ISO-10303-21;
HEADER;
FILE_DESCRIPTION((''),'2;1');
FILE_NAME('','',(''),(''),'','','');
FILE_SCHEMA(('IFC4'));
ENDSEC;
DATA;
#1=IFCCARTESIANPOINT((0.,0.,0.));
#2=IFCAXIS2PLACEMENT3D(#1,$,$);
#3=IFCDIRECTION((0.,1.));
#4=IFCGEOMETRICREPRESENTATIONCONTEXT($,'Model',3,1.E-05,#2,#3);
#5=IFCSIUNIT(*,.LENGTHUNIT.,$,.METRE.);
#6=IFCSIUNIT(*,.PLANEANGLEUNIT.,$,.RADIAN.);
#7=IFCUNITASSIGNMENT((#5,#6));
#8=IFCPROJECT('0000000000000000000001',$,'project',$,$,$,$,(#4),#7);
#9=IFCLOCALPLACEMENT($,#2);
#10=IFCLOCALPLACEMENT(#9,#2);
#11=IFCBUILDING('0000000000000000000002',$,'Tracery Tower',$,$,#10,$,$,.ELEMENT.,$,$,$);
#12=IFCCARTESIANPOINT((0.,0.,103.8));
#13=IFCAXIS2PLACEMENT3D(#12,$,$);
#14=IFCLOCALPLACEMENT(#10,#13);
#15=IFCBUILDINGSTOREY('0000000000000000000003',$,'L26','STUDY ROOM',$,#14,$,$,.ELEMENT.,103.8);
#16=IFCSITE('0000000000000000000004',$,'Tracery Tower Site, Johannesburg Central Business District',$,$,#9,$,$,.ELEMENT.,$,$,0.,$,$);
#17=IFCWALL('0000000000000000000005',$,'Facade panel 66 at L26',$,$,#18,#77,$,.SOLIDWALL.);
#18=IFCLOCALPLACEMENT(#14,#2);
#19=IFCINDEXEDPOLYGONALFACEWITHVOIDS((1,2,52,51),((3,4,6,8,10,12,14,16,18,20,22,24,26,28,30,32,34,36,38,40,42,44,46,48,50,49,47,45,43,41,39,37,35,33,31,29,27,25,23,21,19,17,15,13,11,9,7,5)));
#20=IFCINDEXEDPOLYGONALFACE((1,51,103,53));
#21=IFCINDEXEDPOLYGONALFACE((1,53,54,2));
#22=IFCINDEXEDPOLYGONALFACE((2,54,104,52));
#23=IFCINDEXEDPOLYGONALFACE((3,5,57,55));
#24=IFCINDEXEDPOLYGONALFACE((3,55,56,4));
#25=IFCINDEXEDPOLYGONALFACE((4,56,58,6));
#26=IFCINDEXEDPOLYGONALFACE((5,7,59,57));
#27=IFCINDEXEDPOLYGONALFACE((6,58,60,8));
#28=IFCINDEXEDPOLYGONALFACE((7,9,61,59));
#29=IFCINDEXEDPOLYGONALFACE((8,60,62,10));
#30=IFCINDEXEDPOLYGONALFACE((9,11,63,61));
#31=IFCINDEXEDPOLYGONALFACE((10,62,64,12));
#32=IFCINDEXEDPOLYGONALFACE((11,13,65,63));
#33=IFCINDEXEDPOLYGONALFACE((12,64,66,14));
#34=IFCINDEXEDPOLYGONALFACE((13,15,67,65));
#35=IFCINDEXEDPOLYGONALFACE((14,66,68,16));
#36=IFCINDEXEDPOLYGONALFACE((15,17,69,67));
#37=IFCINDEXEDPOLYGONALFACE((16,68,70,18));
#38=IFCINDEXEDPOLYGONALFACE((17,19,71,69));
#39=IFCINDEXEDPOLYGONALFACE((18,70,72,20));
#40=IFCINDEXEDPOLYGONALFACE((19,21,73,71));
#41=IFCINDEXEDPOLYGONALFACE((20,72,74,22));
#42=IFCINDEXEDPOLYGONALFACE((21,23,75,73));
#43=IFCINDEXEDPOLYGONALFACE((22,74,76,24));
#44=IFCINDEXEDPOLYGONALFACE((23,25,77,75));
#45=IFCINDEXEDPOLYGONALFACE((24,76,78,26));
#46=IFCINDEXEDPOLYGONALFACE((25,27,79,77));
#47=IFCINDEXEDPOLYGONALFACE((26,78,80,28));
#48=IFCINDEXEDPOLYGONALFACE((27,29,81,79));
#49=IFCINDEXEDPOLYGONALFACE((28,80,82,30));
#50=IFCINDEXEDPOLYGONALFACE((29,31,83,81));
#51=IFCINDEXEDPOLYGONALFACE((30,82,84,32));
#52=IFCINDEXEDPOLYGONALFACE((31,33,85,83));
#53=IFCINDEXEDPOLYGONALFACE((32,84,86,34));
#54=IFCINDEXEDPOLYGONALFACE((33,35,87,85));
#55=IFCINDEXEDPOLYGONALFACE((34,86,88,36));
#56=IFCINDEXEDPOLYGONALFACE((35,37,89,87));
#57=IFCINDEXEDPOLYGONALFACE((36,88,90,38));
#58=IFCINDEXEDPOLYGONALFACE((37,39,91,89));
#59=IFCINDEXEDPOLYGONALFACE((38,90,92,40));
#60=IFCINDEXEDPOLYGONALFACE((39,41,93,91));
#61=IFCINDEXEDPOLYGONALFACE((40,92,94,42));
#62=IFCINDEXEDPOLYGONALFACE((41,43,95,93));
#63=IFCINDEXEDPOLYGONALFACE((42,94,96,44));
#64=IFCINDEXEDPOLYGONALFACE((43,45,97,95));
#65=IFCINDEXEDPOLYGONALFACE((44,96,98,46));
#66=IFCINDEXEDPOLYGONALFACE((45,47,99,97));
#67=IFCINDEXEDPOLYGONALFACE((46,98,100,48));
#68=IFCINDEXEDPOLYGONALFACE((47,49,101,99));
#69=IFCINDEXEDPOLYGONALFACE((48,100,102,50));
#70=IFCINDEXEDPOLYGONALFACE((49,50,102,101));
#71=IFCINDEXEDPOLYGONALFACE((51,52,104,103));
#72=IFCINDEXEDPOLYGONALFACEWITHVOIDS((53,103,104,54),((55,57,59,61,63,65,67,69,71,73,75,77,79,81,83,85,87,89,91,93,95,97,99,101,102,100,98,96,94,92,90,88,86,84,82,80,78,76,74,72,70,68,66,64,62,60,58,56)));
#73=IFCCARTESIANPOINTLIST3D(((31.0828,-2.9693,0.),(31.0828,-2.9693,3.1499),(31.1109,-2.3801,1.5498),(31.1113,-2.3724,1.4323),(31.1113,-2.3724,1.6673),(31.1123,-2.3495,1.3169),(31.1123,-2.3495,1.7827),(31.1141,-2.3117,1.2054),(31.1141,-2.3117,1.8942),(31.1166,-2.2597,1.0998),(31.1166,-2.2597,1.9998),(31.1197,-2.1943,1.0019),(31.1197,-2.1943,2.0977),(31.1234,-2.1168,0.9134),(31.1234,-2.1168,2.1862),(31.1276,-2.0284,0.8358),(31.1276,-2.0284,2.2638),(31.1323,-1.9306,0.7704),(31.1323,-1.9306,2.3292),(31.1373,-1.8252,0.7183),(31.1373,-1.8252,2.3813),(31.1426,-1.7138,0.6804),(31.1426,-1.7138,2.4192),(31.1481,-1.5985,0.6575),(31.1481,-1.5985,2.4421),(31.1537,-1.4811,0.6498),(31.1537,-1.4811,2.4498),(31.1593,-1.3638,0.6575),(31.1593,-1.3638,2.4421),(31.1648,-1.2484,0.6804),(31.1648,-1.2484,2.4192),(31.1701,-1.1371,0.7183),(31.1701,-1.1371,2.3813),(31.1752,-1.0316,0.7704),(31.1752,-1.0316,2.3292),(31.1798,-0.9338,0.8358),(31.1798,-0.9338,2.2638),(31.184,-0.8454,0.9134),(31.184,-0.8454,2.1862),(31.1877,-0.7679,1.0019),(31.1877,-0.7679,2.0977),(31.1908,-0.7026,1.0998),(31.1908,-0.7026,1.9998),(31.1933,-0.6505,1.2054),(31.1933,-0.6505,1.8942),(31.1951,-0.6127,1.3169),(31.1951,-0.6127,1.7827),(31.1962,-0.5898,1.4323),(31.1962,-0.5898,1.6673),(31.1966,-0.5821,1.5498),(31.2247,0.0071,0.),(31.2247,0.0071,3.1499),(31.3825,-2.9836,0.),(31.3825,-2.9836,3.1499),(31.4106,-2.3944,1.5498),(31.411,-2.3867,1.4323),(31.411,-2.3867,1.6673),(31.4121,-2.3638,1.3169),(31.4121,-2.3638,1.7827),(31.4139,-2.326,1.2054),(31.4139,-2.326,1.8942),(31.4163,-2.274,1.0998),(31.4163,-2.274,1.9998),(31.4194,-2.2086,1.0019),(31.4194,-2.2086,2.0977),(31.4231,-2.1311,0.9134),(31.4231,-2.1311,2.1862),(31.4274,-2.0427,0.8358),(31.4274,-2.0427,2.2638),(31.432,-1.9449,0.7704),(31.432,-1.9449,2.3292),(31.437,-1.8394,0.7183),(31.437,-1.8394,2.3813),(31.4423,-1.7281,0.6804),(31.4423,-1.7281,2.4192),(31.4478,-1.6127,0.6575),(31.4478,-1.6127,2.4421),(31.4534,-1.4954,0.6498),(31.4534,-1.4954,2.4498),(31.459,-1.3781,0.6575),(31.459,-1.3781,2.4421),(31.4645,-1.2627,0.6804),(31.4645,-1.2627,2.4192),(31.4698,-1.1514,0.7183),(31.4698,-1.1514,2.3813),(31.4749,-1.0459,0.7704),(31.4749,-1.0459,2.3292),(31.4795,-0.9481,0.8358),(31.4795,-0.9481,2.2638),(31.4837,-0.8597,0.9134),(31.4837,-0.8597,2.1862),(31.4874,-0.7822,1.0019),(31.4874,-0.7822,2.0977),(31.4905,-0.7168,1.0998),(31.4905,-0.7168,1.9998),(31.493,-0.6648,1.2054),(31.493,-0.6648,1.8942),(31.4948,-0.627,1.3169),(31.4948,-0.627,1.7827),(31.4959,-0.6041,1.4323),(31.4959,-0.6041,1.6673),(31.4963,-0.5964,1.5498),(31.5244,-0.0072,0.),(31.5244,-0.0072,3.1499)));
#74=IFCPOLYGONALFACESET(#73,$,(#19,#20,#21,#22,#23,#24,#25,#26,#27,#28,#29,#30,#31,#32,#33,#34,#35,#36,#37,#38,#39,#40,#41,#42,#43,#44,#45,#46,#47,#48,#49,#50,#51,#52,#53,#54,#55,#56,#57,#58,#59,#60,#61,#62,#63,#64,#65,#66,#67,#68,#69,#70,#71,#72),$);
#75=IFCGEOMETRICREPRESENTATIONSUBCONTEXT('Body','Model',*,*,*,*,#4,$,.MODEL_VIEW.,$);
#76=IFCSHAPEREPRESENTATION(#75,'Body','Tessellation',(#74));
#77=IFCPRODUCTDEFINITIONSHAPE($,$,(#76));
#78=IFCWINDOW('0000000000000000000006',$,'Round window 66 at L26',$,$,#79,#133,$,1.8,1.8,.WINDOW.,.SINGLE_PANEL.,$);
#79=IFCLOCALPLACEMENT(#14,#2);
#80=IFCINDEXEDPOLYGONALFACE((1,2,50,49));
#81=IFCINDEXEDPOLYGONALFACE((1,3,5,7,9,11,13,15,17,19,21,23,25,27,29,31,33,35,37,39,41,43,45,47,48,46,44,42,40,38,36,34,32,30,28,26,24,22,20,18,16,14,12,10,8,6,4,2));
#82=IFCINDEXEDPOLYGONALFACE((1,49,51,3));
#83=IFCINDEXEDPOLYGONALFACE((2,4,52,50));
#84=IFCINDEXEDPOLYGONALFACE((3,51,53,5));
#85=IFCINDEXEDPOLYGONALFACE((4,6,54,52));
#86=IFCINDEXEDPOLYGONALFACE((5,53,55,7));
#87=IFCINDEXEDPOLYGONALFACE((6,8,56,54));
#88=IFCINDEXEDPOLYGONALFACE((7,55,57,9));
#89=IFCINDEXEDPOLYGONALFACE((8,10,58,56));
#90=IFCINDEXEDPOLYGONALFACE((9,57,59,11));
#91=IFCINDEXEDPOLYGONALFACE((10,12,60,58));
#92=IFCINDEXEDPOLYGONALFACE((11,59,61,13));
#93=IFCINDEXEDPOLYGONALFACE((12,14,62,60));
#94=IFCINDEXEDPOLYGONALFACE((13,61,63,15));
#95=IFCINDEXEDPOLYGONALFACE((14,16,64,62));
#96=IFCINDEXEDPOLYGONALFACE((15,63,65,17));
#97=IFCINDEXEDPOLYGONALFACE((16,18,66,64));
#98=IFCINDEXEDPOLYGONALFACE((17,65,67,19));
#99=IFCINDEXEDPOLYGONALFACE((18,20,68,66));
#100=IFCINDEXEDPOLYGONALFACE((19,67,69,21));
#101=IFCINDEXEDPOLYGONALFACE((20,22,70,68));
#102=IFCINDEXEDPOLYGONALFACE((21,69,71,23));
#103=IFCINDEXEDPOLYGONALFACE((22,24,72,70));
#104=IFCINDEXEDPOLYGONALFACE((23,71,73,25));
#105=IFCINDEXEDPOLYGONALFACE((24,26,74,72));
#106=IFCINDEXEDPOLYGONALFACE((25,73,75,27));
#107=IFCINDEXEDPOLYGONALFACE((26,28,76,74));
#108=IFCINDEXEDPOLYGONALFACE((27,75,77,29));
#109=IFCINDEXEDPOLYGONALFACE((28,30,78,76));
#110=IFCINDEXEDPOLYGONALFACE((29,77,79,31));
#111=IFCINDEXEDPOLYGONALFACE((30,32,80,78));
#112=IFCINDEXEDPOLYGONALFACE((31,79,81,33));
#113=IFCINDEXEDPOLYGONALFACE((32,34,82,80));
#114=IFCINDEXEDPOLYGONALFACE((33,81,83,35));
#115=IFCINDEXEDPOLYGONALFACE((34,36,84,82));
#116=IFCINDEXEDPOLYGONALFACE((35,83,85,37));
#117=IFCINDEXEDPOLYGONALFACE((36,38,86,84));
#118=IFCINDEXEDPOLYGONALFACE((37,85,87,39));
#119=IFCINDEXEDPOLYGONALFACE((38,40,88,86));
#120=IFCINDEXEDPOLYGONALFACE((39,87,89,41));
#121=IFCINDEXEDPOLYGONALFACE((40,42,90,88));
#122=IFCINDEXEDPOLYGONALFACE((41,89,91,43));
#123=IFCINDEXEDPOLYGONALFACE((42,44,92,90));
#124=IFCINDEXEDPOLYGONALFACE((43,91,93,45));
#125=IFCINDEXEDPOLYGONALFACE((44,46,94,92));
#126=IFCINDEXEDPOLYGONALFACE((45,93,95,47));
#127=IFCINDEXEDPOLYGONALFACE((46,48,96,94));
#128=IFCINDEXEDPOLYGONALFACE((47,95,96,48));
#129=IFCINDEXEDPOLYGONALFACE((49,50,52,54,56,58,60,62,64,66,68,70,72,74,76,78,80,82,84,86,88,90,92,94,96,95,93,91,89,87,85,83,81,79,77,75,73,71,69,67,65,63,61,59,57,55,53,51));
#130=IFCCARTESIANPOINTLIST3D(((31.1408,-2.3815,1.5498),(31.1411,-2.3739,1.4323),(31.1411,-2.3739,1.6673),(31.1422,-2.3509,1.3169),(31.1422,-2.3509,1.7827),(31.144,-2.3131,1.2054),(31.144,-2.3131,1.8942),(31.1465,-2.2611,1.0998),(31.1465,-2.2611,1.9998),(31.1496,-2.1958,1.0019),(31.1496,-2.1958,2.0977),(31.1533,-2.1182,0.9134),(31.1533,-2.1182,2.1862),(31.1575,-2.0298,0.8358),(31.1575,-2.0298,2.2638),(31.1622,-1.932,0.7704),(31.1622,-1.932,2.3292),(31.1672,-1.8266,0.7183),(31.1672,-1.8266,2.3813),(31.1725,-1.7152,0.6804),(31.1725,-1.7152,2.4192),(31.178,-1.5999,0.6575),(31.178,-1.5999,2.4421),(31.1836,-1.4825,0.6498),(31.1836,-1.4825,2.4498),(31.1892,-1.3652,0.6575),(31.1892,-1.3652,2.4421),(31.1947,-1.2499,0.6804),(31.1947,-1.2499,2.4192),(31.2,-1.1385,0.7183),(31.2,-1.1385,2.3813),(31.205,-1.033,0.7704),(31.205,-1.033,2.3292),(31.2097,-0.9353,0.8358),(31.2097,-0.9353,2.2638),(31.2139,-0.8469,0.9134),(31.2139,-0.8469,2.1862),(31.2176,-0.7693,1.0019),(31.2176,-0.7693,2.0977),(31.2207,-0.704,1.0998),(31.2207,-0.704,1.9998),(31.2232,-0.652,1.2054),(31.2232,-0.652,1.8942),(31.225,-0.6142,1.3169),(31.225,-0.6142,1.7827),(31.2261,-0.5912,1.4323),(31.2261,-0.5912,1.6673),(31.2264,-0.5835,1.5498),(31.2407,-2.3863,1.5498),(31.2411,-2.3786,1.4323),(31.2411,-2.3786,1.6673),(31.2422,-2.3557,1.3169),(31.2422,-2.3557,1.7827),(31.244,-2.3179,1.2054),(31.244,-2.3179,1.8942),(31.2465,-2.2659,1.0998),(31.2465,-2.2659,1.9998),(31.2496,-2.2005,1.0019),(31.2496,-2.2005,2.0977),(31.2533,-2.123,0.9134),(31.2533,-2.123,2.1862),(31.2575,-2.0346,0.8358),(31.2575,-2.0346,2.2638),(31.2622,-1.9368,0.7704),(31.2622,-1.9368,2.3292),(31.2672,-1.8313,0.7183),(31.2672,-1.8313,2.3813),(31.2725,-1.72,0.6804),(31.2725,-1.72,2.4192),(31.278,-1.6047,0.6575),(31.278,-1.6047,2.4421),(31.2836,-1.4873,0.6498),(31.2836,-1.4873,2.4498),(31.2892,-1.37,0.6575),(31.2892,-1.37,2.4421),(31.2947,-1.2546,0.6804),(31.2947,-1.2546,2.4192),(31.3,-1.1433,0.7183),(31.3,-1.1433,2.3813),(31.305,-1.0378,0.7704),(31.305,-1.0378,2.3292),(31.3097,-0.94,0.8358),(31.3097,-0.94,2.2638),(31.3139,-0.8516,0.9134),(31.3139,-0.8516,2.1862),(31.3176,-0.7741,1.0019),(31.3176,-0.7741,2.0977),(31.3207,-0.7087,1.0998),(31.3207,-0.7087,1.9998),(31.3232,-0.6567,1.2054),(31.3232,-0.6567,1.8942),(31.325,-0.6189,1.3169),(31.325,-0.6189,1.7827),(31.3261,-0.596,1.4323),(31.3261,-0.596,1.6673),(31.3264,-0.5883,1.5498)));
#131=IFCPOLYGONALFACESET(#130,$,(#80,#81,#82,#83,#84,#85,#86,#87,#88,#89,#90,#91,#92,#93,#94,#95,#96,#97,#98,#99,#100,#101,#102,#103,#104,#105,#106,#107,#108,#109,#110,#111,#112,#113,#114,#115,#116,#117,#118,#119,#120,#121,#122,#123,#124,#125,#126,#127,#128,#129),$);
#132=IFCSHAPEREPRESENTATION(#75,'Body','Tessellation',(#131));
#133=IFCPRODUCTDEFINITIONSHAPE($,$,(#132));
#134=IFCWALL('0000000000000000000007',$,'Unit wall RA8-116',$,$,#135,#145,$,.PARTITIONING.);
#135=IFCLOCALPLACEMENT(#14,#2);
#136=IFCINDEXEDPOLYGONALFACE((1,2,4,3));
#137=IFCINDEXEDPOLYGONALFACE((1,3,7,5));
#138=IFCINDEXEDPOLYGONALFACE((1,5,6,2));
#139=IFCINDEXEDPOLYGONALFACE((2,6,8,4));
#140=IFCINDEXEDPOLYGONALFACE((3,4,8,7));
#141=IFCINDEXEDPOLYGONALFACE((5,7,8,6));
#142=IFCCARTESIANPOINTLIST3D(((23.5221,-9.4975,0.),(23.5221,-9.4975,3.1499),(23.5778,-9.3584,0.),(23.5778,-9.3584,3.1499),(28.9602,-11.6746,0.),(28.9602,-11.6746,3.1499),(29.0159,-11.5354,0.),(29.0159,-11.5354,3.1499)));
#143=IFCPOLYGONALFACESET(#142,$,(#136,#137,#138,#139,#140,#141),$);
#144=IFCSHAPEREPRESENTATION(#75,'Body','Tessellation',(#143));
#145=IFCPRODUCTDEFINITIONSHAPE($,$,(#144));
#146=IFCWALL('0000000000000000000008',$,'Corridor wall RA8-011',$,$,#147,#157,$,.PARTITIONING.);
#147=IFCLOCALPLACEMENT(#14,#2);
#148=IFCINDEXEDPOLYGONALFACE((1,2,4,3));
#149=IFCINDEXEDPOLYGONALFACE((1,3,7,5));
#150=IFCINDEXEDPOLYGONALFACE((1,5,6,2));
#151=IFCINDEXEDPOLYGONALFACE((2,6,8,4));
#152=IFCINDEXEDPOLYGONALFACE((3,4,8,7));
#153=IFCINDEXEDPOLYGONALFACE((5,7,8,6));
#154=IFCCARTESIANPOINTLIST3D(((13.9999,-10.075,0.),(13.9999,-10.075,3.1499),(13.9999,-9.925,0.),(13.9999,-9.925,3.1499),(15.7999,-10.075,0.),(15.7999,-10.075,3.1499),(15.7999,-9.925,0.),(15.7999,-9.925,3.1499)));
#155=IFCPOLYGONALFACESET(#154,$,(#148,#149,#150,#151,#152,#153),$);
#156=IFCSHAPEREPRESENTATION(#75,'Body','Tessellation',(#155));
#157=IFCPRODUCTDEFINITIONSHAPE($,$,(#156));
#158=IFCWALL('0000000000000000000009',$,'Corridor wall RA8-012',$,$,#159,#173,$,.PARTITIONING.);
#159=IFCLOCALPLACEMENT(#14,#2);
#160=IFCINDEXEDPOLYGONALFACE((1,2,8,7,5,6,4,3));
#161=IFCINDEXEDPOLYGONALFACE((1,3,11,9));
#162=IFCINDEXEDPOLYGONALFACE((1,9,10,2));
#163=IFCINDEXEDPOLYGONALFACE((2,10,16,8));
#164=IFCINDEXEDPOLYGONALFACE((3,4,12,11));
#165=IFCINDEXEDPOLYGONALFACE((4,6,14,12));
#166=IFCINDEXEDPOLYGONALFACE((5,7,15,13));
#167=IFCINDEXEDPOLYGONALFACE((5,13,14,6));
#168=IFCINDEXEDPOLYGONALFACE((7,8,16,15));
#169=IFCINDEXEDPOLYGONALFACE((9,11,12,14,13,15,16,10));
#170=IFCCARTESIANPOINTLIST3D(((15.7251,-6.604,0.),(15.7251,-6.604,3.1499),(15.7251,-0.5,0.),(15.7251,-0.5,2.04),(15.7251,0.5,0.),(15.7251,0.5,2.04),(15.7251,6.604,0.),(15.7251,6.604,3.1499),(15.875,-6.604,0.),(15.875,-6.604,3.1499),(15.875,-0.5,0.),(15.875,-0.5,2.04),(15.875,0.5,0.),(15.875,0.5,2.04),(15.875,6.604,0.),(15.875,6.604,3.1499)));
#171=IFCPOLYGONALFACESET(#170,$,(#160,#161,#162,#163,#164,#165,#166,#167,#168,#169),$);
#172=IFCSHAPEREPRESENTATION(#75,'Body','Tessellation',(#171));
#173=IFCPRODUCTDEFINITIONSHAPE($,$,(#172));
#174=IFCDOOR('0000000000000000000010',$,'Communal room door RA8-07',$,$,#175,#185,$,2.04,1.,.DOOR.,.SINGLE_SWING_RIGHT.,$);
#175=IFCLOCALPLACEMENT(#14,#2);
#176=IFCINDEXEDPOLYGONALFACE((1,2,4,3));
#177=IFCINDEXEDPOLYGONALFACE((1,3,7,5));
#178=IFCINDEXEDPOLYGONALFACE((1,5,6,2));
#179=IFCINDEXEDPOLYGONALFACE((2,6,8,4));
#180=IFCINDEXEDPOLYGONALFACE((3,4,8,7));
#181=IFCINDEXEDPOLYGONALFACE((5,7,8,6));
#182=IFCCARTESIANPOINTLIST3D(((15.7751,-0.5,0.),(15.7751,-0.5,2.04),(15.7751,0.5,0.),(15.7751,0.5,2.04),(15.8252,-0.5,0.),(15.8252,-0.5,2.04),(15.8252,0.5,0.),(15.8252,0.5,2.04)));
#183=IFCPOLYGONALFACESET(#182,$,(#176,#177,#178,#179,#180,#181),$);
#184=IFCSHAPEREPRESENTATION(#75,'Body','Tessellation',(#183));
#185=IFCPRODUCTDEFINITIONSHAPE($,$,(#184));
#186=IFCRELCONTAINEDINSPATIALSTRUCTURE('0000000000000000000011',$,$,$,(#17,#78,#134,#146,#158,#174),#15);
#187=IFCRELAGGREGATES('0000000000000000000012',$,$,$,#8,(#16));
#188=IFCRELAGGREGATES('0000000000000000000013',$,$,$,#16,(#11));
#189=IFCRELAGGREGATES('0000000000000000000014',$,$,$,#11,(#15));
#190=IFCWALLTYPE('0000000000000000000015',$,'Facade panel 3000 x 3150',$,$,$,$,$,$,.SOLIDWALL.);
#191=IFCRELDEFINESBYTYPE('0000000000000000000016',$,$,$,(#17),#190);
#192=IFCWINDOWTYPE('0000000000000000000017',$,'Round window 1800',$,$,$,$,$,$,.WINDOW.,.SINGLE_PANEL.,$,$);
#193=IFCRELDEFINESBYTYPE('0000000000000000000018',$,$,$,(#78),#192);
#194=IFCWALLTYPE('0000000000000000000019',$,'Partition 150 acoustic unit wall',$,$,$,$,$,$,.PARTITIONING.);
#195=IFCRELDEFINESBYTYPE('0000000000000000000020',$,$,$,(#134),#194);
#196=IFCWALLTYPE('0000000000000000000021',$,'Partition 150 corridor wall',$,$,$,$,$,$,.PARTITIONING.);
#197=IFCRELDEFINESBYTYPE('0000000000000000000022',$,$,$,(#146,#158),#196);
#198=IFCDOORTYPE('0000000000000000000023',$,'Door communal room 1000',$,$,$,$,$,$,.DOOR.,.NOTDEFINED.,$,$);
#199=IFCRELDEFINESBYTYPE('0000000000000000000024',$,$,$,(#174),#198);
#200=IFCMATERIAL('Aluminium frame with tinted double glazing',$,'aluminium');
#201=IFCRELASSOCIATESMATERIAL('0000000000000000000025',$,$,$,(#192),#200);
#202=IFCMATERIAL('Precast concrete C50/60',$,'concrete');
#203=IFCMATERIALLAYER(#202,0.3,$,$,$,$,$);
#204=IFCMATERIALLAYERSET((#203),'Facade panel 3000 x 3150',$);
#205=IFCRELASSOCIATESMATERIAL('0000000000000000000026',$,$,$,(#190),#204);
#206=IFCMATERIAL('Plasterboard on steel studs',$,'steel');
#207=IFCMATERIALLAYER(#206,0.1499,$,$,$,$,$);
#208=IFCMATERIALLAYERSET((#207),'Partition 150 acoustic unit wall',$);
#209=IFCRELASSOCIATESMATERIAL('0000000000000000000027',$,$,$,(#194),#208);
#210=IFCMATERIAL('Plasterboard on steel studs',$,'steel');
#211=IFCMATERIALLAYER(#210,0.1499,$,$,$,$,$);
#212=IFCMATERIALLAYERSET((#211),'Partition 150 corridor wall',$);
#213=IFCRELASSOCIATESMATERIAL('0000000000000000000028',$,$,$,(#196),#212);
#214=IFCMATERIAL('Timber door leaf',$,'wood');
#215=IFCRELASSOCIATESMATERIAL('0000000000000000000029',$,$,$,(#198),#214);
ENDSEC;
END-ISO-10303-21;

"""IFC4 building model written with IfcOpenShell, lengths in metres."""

from ifc_helpers import new_model, si_unit, direction, frame, frame_2d, origin, origin_2d, place, context, subcontext, project, spatial, rectangle, circle, extrude, material, layer, layer_set, type_object, element, fill, save


model = new_model("IFC4")

# Units and contexts
model_context = context("Model", 3, precision=1e-05, world=origin(), true_north=direction((0.0, 1.0)))
body_context = subcontext(model_context, "Body", "Model", "MODEL_VIEW")
ifc_project = project(units=[si_unit("LENGTHUNIT", "METRE"), si_unit("PLANEANGLEUNIT", "RADIAN")], contexts=[model_context])

# Site, building, storey
site_placement = place(None, origin())
site = spatial("IfcSite", under=ifc_project, at=site_placement, Name="Tracery Tower Site, Johannesburg Central Business District", CompositionType="ELEMENT", RefElevation=0.0)
building_placement = place(site_placement, origin())
building = spatial("IfcBuilding", under=site, at=building_placement, Name="Tracery Tower", CompositionType="ELEMENT")
storey_placement = place(building_placement, frame((0.0, 0.0, 103.8)))
storey = spatial("IfcBuildingStorey", under=building, at=storey_placement, Name="L26", Description="STUDY ROOM", CompositionType="ELEMENT", Elevation=103.8)

# Wall, opening, window
ifc_material_1 = material(Name="Aluminium frame with tinted double glazing", Category="aluminium")
window_type = type_object("IfcWindowType", Name="Round window 1800", PartitioningType="SINGLE_PANEL", PredefinedType="WINDOW", material=ifc_material_1)
ifc_material_2 = material(Name="Precast concrete C50/60", Category="concrete")
ifc_layer_1 = layer(ifc_material_2, 0.3)
ifc_layer_set_1 = layer_set([ifc_layer_1], Name="Facade panel 3000 x 3150")
wall_type_1 = type_object("IfcWallType", Name="Facade panel 3000 x 3150", PredefinedType="SOLIDWALL", material=ifc_layer_set_1)
wall_1_placement = place(storey_placement, frame((31.2327, -2.9763, 0.0), z_axis=(0.0, 0.0, 1.0), x_axis=(0.047604, 0.998866, 0.0)))
wall_1 = element("IfcWall", 1, at=wall_1_placement, inside=storey, type_object=wall_type_1, Name="Facade panel 66 at L26", PredefinedType="SOLIDWALL", context=body_context, shape_type="SweptSolid", body=[
    extrude(rectangle(XDim=2.9797, YDim=0.3, at=frame_2d((1.4897, 0.0))), origin(), (0.0, 0.0, 1.0), 3.1499),
])
opening_1_placement = place(wall_1_placement, frame((1.4897, 0.0, 1.5498)))
opening_1 = element("IfcOpeningElement", 2, at=opening_1_placement, cuts=wall_1, PredefinedType="OPENING", context=body_context, shape_type="SweptSolid", body=[
    extrude(circle(Radius=0.9, at=origin_2d()), frame((0.0, 0.1599, 0.0), z_axis=(0.0, -1.0, 0.0), x_axis=(1.0, 0.0, 0.0)), (0.0, 0.0, 1.0), 0.3201),
])
window_1_placement = place(opening_1_placement, origin())
window_1 = element("IfcWindow", 3, at=window_1_placement, inside=storey, type_object=window_type, Name="Round window 66 at L26", OverallHeight=1.8, OverallWidth=1.8, PartitioningType="SINGLE_PANEL", PredefinedType="WINDOW", context=body_context, shape_type="SweptSolid", body=[
    extrude(circle(Radius=0.9, at=origin_2d()), frame((0.0, 0.1201, 0.0), z_axis=(0.0, -1.0, 0.0), x_axis=(1.0, 0.0, 0.0)), (0.0, 0.0, 1.0), 0.1001),
])
fill(opening_1, window_1)

# Walls
ifc_material_3 = material(Name="Plasterboard on steel studs", Category="steel")
ifc_layer_2 = layer(ifc_material_3, 0.1499)
ifc_layer_set_2 = layer_set([ifc_layer_2], Name="Partition 150 acoustic unit wall")
wall_type_2 = type_object("IfcWallType", Name="Partition 150 acoustic unit wall", PredefinedType="PARTITIONING", material=ifc_layer_set_2)
wall_2_placement = place(storey_placement, frame((23.55, -9.428, 0.0), z_axis=(0.0, 0.0, 1.0), x_axis=(0.92837, -0.371657, 0.0)))
element("IfcWall", 4, at=wall_2_placement, inside=storey, type_object=wall_type_2, Name="Unit wall RA8-116", PredefinedType="PARTITIONING", context=body_context, shape_type="SweptSolid", body=[
    extrude(rectangle(XDim=5.8577, YDim=0.1499, at=frame_2d((2.9287, 0.0))), origin(), (0.0, 0.0, 1.0), 3.1499),
])
ifc_material_4 = material(Name="Plasterboard on steel studs", Category="steel")
ifc_layer_3 = layer(ifc_material_4, 0.1499)
ifc_layer_set_3 = layer_set([ifc_layer_3], Name="Partition 150 corridor wall")
wall_type_3 = type_object("IfcWallType", Name="Partition 150 corridor wall", PredefinedType="PARTITIONING", material=ifc_layer_set_3)
wall_3_placement = place(storey_placement, frame((14.0, -10.0, 0.0), z_axis=(0.0, 0.0, 1.0), x_axis=(1.0, 0.0, 0.0)))
element("IfcWall", 5, at=wall_3_placement, inside=storey, type_object=wall_type_3, Name="Corridor wall RA8-011", PredefinedType="PARTITIONING", context=body_context, shape_type="SweptSolid", body=[
    extrude(rectangle(XDim=1.8, YDim=0.1499, at=frame_2d((0.8999, 0.0))), origin(), (0.0, 0.0, 1.0), 3.1499),
])

# Wall, opening, door
wall_4_placement = place(storey_placement, frame((15.8, -6.604, 0.0), z_axis=(0.0, 0.0, 1.0), x_axis=(0.0, 1.0, 0.0)))
wall_4 = element("IfcWall", 6, at=wall_4_placement, inside=storey, type_object=wall_type_3, Name="Corridor wall RA8-012", PredefinedType="PARTITIONING", context=body_context, shape_type="SweptSolid", body=[
    extrude(rectangle(XDim=13.208, YDim=0.1499, at=frame_2d((6.604, 0.0))), origin(), (0.0, 0.0, 1.0), 3.1499),
])
opening_2_placement = place(wall_4_placement, frame((6.104, 0.0, 0.0)))
opening_2 = element("IfcOpeningElement", 7, at=opening_2_placement, cuts=wall_4, PredefinedType="OPENING", context=body_context, shape_type="SweptSolid", body=[
    extrude(rectangle(XDim=1.0, YDim=2.04, at=frame_2d((0.5, 1.02))), frame((0.0, 0.075, 0.0), z_axis=(0.0, -1.0, 0.0), x_axis=(1.0, 0.0, 0.0)), (0.0, 0.0, 1.0), 0.1499),
])
ifc_material_5 = material(Name="Timber door leaf", Category="wood")
door_type_1 = type_object("IfcDoorType", Name="Door communal room 1000", OperationType="NOTDEFINED", PredefinedType="DOOR", material=ifc_material_5)
door_1_placement = place(opening_2_placement, origin())
door_1 = element("IfcDoor", 8, at=door_1_placement, inside=storey, type_object=door_type_1, Name="Communal room door RA8-07", OperationType="SINGLE_SWING_RIGHT", OverallHeight=2.04, OverallWidth=1.0, PredefinedType="DOOR", context=body_context, shape_type="SweptSolid", body=[
    extrude(rectangle(XDim=1.0, YDim=2.04, at=frame_2d((0.5, 1.02))), frame((0.0, 0.0249, 0.0), z_axis=(0.0, -1.0, 0.0), x_axis=(1.0, 0.0, 0.0)), (0.0, 0.0, 1.0), 0.05),
])
fill(opening_2, door_1)

save(model, "model.ifc")
